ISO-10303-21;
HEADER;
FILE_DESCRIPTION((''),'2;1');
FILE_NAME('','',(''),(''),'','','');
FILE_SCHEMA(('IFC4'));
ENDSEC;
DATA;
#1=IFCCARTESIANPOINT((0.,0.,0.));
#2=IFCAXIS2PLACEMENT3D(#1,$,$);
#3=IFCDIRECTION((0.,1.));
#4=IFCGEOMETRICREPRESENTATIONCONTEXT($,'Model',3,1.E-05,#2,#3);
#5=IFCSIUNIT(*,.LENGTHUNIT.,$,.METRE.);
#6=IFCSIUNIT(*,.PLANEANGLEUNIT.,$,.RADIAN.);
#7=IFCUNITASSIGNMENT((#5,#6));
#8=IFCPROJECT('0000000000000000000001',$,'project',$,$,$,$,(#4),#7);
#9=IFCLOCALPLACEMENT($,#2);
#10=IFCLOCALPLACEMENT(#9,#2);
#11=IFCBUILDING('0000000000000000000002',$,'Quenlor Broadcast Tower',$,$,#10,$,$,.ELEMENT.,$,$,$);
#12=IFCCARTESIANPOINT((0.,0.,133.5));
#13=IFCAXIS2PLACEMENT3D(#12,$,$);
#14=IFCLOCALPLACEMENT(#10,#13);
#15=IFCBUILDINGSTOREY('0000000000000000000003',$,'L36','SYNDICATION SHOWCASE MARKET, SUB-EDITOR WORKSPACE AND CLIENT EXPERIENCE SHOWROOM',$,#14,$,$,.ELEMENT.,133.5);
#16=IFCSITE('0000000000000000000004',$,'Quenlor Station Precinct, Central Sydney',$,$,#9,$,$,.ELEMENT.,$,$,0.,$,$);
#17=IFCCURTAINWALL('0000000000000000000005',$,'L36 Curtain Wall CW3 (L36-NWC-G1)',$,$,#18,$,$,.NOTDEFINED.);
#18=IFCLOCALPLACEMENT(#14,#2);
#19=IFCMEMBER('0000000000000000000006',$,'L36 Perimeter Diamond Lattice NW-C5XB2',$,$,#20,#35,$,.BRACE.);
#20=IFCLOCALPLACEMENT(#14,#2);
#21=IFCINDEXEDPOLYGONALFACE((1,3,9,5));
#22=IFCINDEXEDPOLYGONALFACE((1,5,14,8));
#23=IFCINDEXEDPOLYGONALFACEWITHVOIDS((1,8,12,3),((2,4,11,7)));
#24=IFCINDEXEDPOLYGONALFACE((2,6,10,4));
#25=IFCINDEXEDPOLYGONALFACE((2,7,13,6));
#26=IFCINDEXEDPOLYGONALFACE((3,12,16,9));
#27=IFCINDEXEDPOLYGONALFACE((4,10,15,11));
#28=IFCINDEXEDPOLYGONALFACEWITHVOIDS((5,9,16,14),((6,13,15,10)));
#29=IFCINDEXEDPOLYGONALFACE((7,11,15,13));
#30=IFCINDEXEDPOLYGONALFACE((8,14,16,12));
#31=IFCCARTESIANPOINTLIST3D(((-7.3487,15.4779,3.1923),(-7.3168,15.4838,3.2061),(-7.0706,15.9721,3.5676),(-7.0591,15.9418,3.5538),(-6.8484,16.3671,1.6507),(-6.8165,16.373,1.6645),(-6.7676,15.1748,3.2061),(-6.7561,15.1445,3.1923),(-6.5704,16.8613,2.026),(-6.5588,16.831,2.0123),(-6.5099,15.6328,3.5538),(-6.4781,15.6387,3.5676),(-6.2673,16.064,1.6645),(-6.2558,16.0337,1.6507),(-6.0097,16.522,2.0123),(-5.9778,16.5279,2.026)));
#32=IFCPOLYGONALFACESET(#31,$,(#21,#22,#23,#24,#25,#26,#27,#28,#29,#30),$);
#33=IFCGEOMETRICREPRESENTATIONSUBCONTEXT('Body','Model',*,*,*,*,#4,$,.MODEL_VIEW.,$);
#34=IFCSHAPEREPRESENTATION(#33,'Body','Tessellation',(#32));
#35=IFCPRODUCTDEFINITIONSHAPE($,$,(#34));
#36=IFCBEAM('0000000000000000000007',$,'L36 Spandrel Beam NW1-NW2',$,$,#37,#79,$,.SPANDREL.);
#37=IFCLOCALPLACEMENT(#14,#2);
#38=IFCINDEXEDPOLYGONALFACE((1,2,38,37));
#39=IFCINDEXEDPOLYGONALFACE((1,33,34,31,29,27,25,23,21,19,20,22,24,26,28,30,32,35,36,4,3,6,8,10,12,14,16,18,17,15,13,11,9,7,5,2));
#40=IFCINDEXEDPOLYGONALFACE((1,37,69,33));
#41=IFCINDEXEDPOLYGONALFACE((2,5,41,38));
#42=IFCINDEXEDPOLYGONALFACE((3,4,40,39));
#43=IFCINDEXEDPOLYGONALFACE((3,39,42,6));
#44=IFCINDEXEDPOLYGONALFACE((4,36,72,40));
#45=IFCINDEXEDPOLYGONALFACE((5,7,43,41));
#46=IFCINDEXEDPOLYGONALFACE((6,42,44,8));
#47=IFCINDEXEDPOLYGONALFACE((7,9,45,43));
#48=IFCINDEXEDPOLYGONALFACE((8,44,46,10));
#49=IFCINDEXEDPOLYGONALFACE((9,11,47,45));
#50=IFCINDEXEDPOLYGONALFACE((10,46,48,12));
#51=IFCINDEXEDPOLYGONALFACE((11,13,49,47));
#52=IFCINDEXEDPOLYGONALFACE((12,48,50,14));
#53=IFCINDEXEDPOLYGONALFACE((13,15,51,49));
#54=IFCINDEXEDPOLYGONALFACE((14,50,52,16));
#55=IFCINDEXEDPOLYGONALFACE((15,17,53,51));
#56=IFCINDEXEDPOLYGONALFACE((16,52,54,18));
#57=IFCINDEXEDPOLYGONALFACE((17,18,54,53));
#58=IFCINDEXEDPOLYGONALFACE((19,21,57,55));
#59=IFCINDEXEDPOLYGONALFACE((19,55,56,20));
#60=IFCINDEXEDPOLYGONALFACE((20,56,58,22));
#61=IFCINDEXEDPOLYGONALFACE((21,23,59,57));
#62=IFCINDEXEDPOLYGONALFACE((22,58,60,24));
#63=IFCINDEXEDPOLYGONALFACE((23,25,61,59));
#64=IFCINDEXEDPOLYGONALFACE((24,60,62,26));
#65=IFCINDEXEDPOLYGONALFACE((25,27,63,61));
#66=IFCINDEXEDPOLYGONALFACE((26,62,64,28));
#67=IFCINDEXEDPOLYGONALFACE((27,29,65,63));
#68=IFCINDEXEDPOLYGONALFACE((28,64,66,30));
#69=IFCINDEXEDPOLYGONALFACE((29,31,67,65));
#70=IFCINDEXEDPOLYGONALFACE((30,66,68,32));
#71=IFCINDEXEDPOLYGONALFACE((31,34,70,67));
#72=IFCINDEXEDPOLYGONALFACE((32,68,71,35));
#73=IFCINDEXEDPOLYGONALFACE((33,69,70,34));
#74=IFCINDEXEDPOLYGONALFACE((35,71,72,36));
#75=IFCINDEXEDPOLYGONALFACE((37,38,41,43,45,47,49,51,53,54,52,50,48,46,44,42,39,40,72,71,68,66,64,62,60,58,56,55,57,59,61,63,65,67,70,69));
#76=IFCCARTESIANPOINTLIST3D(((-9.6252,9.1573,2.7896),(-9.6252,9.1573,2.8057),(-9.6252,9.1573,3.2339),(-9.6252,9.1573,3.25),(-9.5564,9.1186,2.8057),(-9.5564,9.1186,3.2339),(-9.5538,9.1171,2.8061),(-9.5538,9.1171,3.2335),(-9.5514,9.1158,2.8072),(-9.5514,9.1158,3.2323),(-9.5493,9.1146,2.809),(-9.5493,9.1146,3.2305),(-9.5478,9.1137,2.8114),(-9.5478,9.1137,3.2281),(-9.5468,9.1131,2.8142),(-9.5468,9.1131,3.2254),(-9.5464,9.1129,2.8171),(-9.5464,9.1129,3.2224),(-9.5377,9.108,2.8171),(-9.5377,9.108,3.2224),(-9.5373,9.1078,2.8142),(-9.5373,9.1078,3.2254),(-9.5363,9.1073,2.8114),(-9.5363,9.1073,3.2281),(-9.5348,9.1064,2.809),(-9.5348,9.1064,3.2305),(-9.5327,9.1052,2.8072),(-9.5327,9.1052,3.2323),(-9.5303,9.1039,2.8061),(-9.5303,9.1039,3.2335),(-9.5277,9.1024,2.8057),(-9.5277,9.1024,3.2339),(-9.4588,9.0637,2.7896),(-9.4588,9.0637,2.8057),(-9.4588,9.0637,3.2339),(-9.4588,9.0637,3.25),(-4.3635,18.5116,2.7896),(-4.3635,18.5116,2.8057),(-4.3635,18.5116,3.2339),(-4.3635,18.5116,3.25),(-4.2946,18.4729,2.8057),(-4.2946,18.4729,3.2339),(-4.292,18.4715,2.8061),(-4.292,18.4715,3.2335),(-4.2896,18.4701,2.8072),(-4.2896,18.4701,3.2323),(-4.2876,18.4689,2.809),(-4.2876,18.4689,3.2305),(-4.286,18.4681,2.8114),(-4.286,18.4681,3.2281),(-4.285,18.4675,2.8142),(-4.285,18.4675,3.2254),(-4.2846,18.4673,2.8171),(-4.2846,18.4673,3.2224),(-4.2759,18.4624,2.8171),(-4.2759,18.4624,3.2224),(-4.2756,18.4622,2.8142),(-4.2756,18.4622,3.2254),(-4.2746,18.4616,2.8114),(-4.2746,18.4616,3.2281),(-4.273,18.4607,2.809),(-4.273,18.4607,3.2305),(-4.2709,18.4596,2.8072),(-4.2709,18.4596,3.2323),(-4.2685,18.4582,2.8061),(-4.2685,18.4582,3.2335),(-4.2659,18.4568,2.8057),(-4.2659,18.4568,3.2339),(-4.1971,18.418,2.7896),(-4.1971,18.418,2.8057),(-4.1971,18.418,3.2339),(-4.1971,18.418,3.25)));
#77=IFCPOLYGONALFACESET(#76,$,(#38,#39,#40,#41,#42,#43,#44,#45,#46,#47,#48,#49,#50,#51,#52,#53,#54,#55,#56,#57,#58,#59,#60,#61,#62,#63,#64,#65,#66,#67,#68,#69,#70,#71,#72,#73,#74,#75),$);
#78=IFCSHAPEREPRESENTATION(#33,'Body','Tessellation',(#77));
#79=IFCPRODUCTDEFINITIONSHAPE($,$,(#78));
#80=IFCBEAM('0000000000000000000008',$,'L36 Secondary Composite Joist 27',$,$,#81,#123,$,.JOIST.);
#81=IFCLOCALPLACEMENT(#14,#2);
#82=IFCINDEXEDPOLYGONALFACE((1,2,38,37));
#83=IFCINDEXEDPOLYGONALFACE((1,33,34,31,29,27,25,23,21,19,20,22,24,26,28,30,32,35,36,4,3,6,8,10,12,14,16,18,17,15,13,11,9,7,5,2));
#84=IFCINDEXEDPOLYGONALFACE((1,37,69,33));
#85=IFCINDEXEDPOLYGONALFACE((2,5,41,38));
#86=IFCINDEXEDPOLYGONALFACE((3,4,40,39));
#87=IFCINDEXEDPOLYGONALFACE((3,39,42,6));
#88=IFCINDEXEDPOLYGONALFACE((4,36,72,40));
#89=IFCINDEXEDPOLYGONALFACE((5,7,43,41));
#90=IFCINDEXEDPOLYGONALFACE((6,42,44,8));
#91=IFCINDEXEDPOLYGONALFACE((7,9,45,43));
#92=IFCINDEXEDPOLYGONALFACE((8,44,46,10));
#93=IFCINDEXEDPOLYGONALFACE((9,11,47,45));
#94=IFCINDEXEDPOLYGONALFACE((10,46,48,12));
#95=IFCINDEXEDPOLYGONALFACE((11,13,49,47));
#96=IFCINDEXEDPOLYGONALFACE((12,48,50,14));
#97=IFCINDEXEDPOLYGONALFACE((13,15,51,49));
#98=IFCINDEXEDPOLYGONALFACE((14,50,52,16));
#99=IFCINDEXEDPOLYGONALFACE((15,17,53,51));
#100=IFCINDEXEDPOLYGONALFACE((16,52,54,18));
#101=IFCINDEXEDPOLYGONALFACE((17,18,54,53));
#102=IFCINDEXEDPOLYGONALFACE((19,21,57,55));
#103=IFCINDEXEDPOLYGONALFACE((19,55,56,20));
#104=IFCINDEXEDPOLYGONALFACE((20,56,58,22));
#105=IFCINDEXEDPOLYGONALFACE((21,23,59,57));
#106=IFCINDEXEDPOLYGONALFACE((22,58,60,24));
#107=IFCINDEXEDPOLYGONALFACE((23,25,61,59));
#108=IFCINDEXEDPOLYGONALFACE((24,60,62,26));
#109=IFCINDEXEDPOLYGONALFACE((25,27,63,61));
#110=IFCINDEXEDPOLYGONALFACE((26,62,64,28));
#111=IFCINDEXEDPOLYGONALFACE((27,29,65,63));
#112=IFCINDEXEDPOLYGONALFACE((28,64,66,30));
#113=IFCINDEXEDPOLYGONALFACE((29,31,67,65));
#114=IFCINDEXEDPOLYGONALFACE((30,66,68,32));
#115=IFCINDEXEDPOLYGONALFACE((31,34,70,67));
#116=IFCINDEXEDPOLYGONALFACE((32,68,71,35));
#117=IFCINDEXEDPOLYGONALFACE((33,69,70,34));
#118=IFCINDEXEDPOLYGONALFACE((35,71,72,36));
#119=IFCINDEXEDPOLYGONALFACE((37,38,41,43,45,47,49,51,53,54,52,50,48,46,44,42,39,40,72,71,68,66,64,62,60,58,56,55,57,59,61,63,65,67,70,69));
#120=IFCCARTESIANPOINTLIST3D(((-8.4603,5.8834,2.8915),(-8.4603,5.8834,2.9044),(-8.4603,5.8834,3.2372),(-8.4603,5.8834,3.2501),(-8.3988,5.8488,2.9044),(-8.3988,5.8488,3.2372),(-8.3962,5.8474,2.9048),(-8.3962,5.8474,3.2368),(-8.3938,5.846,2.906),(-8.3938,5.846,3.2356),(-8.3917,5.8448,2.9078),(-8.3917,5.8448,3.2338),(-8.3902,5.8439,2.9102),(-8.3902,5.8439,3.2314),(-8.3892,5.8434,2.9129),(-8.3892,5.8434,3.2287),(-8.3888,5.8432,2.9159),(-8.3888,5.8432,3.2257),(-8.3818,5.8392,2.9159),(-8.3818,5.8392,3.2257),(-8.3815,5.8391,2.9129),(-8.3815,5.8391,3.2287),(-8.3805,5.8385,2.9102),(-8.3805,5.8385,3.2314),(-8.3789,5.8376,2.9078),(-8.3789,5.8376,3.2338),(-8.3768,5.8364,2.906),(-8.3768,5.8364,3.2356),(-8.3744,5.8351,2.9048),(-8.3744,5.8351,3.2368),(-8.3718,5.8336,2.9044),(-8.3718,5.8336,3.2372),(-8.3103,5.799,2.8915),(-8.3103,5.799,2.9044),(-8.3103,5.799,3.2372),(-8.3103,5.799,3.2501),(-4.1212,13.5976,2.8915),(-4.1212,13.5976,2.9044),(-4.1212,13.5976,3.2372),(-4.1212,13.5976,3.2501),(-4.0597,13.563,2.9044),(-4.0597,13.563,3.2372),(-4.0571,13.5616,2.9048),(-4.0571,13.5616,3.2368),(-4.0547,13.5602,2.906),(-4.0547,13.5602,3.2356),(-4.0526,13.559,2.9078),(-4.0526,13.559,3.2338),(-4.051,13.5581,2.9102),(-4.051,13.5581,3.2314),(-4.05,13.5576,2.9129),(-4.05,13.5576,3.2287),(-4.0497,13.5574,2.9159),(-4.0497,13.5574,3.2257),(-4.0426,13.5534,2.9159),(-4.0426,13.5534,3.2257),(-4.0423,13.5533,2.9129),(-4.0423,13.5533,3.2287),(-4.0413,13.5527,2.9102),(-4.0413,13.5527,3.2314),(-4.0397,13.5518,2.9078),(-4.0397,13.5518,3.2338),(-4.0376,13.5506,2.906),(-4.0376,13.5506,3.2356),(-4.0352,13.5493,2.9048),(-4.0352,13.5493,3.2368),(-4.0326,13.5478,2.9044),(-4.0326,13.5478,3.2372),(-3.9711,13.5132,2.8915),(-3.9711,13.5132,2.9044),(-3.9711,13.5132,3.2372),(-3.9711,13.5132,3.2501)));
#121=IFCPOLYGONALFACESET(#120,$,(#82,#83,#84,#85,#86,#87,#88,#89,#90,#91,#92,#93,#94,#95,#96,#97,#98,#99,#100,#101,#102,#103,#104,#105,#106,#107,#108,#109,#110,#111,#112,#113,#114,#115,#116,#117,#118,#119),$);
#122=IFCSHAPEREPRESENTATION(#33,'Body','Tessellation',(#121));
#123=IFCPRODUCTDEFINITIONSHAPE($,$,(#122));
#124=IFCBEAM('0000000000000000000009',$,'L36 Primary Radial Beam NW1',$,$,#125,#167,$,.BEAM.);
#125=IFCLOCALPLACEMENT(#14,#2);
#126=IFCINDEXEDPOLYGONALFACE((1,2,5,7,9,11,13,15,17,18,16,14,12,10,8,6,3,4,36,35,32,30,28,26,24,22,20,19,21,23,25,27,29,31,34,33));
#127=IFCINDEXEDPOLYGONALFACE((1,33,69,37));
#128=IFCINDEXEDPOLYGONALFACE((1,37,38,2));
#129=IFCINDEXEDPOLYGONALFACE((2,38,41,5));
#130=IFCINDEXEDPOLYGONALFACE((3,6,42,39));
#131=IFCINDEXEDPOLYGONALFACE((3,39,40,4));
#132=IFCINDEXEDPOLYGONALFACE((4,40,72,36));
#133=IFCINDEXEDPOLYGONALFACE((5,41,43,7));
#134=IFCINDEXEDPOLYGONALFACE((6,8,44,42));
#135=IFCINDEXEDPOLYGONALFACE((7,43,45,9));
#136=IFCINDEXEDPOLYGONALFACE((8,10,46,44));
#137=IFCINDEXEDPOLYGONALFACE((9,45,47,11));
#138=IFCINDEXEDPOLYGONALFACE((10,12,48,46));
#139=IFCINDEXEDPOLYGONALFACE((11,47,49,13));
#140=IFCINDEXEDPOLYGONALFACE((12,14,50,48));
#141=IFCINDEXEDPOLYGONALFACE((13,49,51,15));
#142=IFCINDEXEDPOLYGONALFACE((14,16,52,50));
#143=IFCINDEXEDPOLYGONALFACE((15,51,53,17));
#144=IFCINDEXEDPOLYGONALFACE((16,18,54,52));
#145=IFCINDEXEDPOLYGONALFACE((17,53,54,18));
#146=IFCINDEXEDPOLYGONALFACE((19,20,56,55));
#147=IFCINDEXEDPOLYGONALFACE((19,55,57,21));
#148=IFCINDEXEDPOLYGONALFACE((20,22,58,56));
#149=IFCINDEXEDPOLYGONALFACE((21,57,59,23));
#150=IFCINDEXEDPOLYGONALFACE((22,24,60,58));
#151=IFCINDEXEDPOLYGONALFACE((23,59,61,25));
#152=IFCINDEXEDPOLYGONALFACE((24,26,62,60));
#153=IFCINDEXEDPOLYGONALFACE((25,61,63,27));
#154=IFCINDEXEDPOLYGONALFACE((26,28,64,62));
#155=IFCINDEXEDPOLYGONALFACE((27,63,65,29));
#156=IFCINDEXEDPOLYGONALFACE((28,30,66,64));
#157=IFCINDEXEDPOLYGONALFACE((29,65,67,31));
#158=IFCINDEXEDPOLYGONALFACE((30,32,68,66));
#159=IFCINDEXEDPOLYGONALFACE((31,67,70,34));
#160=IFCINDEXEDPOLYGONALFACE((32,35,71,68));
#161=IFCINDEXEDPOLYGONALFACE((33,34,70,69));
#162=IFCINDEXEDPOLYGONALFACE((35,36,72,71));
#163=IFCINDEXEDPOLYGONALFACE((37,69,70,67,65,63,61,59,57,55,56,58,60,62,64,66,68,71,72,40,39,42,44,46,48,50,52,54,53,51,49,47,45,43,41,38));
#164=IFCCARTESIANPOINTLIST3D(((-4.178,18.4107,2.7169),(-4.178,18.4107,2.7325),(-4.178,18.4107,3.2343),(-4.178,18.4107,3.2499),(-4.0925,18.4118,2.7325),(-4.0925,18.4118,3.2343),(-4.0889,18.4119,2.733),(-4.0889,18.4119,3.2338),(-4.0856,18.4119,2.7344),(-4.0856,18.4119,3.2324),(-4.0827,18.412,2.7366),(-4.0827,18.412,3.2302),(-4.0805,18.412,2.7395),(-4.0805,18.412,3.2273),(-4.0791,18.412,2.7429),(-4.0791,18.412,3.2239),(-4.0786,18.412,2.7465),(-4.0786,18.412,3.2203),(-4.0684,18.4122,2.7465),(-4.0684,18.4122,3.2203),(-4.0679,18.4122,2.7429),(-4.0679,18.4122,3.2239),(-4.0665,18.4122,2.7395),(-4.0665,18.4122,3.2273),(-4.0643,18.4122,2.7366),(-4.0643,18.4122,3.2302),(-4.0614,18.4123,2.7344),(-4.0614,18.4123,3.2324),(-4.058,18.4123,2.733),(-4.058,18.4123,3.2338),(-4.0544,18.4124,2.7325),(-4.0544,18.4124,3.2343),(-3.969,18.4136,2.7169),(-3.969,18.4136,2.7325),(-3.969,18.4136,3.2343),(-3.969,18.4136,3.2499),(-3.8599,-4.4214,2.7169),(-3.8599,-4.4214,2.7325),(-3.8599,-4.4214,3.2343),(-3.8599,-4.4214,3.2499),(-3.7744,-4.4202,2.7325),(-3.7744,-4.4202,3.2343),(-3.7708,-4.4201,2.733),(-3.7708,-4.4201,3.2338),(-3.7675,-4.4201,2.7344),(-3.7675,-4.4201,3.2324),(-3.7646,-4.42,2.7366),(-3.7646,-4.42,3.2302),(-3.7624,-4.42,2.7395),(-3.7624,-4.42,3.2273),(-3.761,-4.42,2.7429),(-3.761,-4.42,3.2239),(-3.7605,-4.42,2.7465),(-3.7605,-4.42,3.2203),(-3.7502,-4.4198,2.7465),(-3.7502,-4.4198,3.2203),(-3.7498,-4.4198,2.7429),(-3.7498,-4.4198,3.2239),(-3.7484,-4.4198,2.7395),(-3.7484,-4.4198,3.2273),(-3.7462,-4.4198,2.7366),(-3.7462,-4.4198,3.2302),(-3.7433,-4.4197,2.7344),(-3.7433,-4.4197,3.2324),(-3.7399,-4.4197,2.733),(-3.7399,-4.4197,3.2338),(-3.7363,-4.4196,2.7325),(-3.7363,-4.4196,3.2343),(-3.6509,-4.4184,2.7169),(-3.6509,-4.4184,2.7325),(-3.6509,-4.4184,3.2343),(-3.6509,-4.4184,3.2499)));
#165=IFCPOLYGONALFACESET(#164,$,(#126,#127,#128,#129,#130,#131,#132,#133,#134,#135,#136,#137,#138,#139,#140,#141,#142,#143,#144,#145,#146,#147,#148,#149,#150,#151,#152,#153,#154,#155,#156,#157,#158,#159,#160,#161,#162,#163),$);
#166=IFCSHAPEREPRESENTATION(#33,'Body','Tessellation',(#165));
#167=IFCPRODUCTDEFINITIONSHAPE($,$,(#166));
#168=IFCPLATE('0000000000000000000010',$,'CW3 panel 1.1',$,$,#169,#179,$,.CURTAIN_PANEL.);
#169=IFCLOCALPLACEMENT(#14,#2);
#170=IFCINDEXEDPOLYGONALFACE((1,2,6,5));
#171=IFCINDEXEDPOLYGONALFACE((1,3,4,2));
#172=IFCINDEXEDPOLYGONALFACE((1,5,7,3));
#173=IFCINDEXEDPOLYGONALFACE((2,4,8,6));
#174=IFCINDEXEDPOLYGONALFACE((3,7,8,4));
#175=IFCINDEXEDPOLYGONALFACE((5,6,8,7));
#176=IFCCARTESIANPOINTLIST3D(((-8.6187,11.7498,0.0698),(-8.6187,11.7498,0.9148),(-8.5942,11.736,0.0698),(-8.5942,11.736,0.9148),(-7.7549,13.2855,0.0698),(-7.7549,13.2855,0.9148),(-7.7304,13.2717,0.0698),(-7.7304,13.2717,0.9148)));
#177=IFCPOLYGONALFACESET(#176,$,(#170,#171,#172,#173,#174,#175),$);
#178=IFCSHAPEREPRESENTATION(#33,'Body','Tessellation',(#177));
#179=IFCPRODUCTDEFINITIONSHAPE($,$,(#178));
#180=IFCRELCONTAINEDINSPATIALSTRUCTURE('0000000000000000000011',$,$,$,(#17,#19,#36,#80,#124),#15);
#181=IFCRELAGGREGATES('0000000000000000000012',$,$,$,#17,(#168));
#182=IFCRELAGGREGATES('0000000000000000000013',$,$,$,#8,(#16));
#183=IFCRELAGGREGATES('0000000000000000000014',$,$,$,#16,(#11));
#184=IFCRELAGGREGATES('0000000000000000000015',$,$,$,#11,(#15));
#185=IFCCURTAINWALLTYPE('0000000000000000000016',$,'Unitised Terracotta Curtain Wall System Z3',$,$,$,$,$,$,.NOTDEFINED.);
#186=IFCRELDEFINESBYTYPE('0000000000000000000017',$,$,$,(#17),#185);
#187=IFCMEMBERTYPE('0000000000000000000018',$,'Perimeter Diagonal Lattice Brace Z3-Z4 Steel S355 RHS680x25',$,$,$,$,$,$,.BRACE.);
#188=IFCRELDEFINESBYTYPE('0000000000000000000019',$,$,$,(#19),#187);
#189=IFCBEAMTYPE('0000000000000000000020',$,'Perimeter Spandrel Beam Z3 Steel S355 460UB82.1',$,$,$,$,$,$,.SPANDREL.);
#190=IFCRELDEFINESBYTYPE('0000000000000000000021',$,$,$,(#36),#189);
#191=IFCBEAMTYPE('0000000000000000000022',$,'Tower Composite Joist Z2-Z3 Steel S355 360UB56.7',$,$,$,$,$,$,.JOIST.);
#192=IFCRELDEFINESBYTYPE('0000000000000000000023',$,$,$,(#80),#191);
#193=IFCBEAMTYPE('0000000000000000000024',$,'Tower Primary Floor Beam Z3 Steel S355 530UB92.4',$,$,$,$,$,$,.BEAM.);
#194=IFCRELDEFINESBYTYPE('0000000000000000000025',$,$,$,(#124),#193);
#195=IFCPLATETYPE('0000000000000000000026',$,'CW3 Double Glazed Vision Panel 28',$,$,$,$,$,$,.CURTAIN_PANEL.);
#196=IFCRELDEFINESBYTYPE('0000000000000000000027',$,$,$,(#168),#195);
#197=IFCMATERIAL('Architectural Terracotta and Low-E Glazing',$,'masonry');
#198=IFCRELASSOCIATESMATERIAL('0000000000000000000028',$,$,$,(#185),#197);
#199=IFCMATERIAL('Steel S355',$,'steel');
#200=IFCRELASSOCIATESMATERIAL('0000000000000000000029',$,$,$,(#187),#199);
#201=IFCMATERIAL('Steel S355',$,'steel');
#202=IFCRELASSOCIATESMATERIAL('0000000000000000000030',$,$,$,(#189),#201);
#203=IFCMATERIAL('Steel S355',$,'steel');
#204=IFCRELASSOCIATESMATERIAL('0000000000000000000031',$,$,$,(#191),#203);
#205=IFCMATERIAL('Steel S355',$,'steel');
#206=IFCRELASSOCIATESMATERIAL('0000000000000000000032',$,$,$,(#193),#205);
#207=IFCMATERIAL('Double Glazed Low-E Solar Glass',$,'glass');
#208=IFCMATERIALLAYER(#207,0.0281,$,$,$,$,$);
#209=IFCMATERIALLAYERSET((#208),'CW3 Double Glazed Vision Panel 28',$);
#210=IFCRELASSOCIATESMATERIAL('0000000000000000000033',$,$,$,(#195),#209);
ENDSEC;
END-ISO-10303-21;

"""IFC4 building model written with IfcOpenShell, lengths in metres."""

from ifc_helpers import new_model, si_unit, direction, frame, origin, origin_2d, place, context, subcontext, project, spatial, rectangle, hollow_rectangle, i_section, extrude, material, layer, layer_set, material_profile, profile_set, type_object, element, aggregate, save


model = new_model("IFC4")

# Units and contexts
model_context = context("Model", 3, precision=1e-05, world=origin(), true_north=direction((0.0, 1.0)))
body_context = subcontext(model_context, "Body", "Model", "MODEL_VIEW")
ifc_project = project(units=[si_unit("LENGTHUNIT", "METRE"), si_unit("PLANEANGLEUNIT", "RADIAN")], contexts=[model_context])

# Site, building, storey
site_placement = place(None, origin())
site = spatial("IfcSite", under=ifc_project, at=site_placement, Name="Quenlor Station Precinct, Central Sydney", CompositionType="ELEMENT", RefElevation=0.0)
building_placement = place(site_placement, origin())
building = spatial("IfcBuilding", under=site, at=building_placement, Name="Quenlor Broadcast Tower", CompositionType="ELEMENT")
storey_placement = place(building_placement, frame((0.0, 0.0, 133.5)))
storey = spatial("IfcBuildingStorey", under=building, at=storey_placement, Name="L36", Description="SYNDICATION SHOWCASE MARKET, SUB-EDITOR WORKSPACE AND CLIENT EXPERIENCE SHOWROOM", CompositionType="ELEMENT", Elevation=133.5)

# Curtain wall
ifc_material_1 = material(Name="Architectural Terracotta and Low-E Glazing", Category="masonry")
curtain_wall_type = type_object("IfcCurtainWallType", Name="Unitised Terracotta Curtain Wall System Z3", PredefinedType="NOTDEFINED", material=ifc_material_1)
curtain_wall_placement = place(storey_placement, origin())
curtain_wall = element("IfcCurtainWall", 1, at=curtain_wall_placement, inside=storey, type_object=curtain_wall_type, Name="L36 Curtain Wall CW3 (L36-NWC-G1)", PredefinedType="NOTDEFINED")

# Member
ifc_material_2 = material(Name="Steel S355", Category="steel")
ifc_material_profile_1 = material_profile(ifc_material_2, hollow_rectangle(XDim=0.6799, YDim=0.6799, WallThickness=0.0249, at=origin_2d()))
ifc_profile_set_1 = profile_set([ifc_material_profile_1], Name="Steel S355 RHS680x680x25")
member_type_1 = type_object("IfcMemberType", Name="Perimeter Diagonal Lattice Brace Z3-Z4 Steel S355 RHS680x25", PredefinedType="BRACE", material=ifc_profile_set_1)
for number, where, z_axis, x_axis, name in (
    (2, (-6.4131, 16.4475, 1.8384), (-0.270616, -0.481008, 0.833905), (0.871537, -0.490329, 0.0), "L36 Perimeter Diamond Lattice NW-C5XB2"),
):
    element("IfcMember", number, at=place(storey_placement, frame(where, z_axis=z_axis, x_axis=x_axis)), inside=storey, type_object=member_type_1, Name=name, PredefinedType="BRACE", context=body_context, shape_type="SweptSolid", body=[
        extrude(hollow_rectangle(XDim=0.6799, YDim=0.6799, WallThickness=0.0249, at=origin_2d()), origin(), (0.0, 0.0, 1.0), 1.8486),
    ])

# Beams
ifc_material_3 = material(Name="Steel S355", Category="steel")
ifc_material_profile_2 = material_profile(ifc_material_3, i_section(OverallWidth=0.1909, OverallDepth=0.4604, WebThickness=0.01, FlangeThickness=0.0161, FilletRadius=0.0115, at=origin_2d()))
ifc_profile_set_2 = profile_set([ifc_material_profile_2], Name="Steel S355 460UB82.1")
beam_type_1 = type_object("IfcBeamType", Name="Perimeter Spandrel Beam Z3 Steel S355 460UB82.1", PredefinedType="SPANDREL", material=ifc_profile_set_2)
beam_1_placement = place(storey_placement, frame((-4.2803, 18.4648, 3.0198), z_axis=(-0.490258, -0.871577, 0.0), x_axis=(0.871577, -0.490258, 0.0)))
element("IfcBeam", 3, at=beam_1_placement, inside=storey, type_object=beam_type_1, Name="L36 Spandrel Beam NW1-NW2", PredefinedType="SPANDREL", context=body_context, shape_type="SweptSolid", body=[
    extrude(i_section(OverallWidth=0.1909, OverallDepth=0.4604, WebThickness=0.01, FlangeThickness=0.0161, FilletRadius=0.0115, at=origin_2d()), origin(), (0.0, 0.0, 1.0), 10.7327),
])
ifc_material_4 = material(Name="Steel S355", Category="steel")
ifc_material_profile_3 = material_profile(ifc_material_4, i_section(OverallWidth=0.1721, OverallDepth=0.3586, WebThickness=0.0081, FlangeThickness=0.0129, FilletRadius=0.0115, at=origin_2d()))
ifc_profile_set_3 = profile_set([ifc_material_profile_3], Name="Steel S355 360UB56.7")
beam_type_2 = type_object("IfcBeamType", Name="Tower Composite Joist Z2-Z3 Steel S355 360UB56.7", PredefinedType="JOIST", material=ifc_profile_set_3)
beam_2_placement = place(storey_placement, frame((-4.0461, 13.5554, 3.0708), z_axis=(-0.490255, -0.871579, 0.0), x_axis=(0.871579, -0.490255, 0.0)))
element("IfcBeam", 4, at=beam_2_placement, inside=storey, type_object=beam_type_2, Name="L36 Secondary Composite Joist 27", PredefinedType="JOIST", context=body_context, shape_type="SweptSolid", body=[
    extrude(i_section(OverallWidth=0.1721, OverallDepth=0.3586, WebThickness=0.0081, FlangeThickness=0.0129, FilletRadius=0.0115, at=origin_2d()), origin(), (0.0, 0.0, 1.0), 8.8508),
])
ifc_material_5 = material(Name="Steel S355", Category="steel")
ifc_material_profile_4 = material_profile(ifc_material_5, i_section(OverallWidth=0.209, OverallDepth=0.533, WebThickness=0.0103, FlangeThickness=0.0156, FilletRadius=0.0139, at=origin_2d()))
ifc_profile_set_4 = profile_set([ifc_material_profile_4], Name="Steel S355 530UB92.4")
beam_type_3 = type_object("IfcBeamType", Name="Tower Primary Floor Beam Z3 Steel S355 530UB92.4", PredefinedType="BEAM", material=ifc_profile_set_4)
beam_3_placement = place(storey_placement, frame((-4.0735, 18.4121, 2.9834), z_axis=(0.013931, -0.999903, 0.0), x_axis=(0.999903, 0.013931, 0.0)))
element("IfcBeam", 5, at=beam_3_placement, inside=storey, type_object=beam_type_3, Name="L36 Primary Radial Beam NW1", PredefinedType="BEAM", context=body_context, shape_type="SweptSolid", body=[
    extrude(i_section(OverallWidth=0.209, OverallDepth=0.533, WebThickness=0.0103, FlangeThickness=0.0156, FilletRadius=0.0139, at=origin_2d()), origin(), (0.0, 0.0, 1.0), 22.8342),
])

# Plate
ifc_material_6 = material(Name="Double Glazed Low-E Solar Glass", Category="glass")
ifc_layer_1 = layer(ifc_material_6, 0.0281)
ifc_layer_set_1 = layer_set([ifc_layer_1], Name="CW3 Double Glazed Vision Panel 28")
plate_type_1 = type_object("IfcPlateType", Name="CW3 Double Glazed Vision Panel 28", PredefinedType="CURTAIN_PANEL", material=ifc_layer_set_1)
plate_1_placement = place(storey_placement, frame((-8.1746, 12.5107, 0.0698), z_axis=(0.0, 0.0, 1.0), x_axis=(0.49027, 0.871571, 0.0)))
plate_1 = element("IfcPlate", 6, at=plate_1_placement, type_object=plate_type_1, Name="CW3 panel 1.1", PredefinedType="CURTAIN_PANEL", context=body_context, shape_type="SweptSolid", body=[
    extrude(rectangle(XDim=1.762, YDim=0.0281, at=origin_2d()), origin(), (0.0, 0.0, 1.0), 0.845),
])
aggregate(curtain_wall, [plate_1])

save(model, "model.ifc")
